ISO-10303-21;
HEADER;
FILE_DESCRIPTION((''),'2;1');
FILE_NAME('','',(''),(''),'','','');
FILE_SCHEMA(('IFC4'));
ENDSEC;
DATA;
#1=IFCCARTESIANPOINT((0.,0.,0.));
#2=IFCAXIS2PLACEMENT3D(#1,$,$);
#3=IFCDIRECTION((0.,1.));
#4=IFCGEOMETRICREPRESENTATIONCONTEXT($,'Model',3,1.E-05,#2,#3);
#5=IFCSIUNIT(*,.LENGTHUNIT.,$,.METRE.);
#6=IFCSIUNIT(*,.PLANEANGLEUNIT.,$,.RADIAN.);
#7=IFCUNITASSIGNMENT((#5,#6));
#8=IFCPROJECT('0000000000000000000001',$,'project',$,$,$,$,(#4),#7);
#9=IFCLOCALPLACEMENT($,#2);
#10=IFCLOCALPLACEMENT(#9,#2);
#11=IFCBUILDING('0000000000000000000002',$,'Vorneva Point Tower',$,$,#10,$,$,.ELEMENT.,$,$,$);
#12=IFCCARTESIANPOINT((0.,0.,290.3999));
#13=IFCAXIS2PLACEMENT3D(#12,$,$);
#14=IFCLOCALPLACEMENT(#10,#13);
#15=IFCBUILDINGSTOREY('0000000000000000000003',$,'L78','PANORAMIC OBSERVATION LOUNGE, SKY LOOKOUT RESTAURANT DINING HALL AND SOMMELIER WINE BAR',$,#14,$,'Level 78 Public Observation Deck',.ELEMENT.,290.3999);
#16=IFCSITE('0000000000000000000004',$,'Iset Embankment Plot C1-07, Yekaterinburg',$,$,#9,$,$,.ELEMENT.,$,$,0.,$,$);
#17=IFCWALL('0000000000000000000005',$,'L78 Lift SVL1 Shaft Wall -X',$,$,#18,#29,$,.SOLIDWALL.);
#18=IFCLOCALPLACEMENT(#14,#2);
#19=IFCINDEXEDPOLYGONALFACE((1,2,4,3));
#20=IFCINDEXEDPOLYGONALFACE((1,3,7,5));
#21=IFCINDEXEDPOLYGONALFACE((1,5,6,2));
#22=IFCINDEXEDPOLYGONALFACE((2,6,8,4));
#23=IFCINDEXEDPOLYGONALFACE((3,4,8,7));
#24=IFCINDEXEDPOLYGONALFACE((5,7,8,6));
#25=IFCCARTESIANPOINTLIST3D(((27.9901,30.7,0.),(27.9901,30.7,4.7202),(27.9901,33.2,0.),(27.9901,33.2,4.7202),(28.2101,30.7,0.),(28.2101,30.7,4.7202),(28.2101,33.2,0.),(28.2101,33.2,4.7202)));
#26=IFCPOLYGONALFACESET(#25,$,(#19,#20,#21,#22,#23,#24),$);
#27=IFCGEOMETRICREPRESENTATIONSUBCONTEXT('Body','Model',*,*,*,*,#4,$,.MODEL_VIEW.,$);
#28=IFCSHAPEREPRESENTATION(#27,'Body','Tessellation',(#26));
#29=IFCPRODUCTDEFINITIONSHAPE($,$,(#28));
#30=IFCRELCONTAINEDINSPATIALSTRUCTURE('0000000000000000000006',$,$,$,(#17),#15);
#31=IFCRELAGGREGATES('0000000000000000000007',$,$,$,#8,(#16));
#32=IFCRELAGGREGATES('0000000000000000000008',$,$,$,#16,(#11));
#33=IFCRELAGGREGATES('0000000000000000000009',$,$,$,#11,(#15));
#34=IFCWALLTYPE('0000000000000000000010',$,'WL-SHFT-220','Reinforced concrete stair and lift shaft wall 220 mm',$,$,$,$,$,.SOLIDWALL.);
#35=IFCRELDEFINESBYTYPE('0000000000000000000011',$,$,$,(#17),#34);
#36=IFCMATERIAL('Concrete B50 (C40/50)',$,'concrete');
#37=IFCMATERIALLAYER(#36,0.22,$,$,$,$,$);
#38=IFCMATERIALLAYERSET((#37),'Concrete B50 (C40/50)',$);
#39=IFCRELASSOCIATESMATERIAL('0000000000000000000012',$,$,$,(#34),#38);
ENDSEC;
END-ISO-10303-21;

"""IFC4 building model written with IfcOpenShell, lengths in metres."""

from ifc_helpers import new_model, si_unit, direction, frame, frame_2d, origin, place, context, subcontext, project, spatial, rectangle, extrude, material, layer, layer_set, type_object, element, save


model = new_model("IFC4")

# Units and contexts
model_context = context("Model", 3, precision=1e-05, world=origin(), true_north=direction((0.0, 1.0)))
body_context = subcontext(model_context, "Body", "Model", "MODEL_VIEW")
ifc_project = project(units=[si_unit("LENGTHUNIT", "METRE"), si_unit("PLANEANGLEUNIT", "RADIAN")], contexts=[model_context])

# Site, building, storey
site_placement = place(None, origin())
site = spatial("IfcSite", under=ifc_project, at=site_placement, Name="Iset Embankment Plot C1-07, Yekaterinburg", CompositionType="ELEMENT", RefElevation=0.0)
building_placement = place(site_placement, origin())
building = spatial("IfcBuilding", under=site, at=building_placement, Name="Vorneva Point Tower", CompositionType="ELEMENT")
storey_placement = place(building_placement, frame((0.0, 0.0, 290.3999)))
storey = spatial("IfcBuildingStorey", under=building, at=storey_placement, Name="L78", Description="PANORAMIC OBSERVATION LOUNGE, SKY LOOKOUT RESTAURANT DINING HALL AND SOMMELIER WINE BAR", LongName="Level 78 Public Observation Deck", CompositionType="ELEMENT", Elevation=290.3999)

# Shared definitions
ifc_material_1 = material(Name="Concrete B50 (C40/50)", Category="concrete")

# Wall
ifc_layer_1 = layer(ifc_material_1, 0.22)
ifc_layer_set_1 = layer_set([ifc_layer_1], Name="Concrete B50 (C40/50)")
wall_type_1 = type_object("IfcWallType", Name="WL-SHFT-220", Description="Reinforced concrete stair and lift shaft wall 220 mm", PredefinedType="SOLIDWALL", material=ifc_layer_set_1)
wall_1_placement = place(storey_placement, frame((28.1001, 33.2, 0.0), z_axis=(0.0, 0.0, 1.0), x_axis=(0.0, -1.0, 0.0)))
element("IfcWall", 1, at=wall_1_placement, inside=storey, type_object=wall_type_1, Name="L78 Lift SVL1 Shaft Wall -X", PredefinedType="SOLIDWALL", context=body_context, shape_type="SweptSolid", body=[
    extrude(rectangle(XDim=2.5, YDim=0.22, at=frame_2d((1.25, 0.0))), origin(), (0.0, 0.0, 1.0), 4.7202),
])

save(model, "model.ifc")
